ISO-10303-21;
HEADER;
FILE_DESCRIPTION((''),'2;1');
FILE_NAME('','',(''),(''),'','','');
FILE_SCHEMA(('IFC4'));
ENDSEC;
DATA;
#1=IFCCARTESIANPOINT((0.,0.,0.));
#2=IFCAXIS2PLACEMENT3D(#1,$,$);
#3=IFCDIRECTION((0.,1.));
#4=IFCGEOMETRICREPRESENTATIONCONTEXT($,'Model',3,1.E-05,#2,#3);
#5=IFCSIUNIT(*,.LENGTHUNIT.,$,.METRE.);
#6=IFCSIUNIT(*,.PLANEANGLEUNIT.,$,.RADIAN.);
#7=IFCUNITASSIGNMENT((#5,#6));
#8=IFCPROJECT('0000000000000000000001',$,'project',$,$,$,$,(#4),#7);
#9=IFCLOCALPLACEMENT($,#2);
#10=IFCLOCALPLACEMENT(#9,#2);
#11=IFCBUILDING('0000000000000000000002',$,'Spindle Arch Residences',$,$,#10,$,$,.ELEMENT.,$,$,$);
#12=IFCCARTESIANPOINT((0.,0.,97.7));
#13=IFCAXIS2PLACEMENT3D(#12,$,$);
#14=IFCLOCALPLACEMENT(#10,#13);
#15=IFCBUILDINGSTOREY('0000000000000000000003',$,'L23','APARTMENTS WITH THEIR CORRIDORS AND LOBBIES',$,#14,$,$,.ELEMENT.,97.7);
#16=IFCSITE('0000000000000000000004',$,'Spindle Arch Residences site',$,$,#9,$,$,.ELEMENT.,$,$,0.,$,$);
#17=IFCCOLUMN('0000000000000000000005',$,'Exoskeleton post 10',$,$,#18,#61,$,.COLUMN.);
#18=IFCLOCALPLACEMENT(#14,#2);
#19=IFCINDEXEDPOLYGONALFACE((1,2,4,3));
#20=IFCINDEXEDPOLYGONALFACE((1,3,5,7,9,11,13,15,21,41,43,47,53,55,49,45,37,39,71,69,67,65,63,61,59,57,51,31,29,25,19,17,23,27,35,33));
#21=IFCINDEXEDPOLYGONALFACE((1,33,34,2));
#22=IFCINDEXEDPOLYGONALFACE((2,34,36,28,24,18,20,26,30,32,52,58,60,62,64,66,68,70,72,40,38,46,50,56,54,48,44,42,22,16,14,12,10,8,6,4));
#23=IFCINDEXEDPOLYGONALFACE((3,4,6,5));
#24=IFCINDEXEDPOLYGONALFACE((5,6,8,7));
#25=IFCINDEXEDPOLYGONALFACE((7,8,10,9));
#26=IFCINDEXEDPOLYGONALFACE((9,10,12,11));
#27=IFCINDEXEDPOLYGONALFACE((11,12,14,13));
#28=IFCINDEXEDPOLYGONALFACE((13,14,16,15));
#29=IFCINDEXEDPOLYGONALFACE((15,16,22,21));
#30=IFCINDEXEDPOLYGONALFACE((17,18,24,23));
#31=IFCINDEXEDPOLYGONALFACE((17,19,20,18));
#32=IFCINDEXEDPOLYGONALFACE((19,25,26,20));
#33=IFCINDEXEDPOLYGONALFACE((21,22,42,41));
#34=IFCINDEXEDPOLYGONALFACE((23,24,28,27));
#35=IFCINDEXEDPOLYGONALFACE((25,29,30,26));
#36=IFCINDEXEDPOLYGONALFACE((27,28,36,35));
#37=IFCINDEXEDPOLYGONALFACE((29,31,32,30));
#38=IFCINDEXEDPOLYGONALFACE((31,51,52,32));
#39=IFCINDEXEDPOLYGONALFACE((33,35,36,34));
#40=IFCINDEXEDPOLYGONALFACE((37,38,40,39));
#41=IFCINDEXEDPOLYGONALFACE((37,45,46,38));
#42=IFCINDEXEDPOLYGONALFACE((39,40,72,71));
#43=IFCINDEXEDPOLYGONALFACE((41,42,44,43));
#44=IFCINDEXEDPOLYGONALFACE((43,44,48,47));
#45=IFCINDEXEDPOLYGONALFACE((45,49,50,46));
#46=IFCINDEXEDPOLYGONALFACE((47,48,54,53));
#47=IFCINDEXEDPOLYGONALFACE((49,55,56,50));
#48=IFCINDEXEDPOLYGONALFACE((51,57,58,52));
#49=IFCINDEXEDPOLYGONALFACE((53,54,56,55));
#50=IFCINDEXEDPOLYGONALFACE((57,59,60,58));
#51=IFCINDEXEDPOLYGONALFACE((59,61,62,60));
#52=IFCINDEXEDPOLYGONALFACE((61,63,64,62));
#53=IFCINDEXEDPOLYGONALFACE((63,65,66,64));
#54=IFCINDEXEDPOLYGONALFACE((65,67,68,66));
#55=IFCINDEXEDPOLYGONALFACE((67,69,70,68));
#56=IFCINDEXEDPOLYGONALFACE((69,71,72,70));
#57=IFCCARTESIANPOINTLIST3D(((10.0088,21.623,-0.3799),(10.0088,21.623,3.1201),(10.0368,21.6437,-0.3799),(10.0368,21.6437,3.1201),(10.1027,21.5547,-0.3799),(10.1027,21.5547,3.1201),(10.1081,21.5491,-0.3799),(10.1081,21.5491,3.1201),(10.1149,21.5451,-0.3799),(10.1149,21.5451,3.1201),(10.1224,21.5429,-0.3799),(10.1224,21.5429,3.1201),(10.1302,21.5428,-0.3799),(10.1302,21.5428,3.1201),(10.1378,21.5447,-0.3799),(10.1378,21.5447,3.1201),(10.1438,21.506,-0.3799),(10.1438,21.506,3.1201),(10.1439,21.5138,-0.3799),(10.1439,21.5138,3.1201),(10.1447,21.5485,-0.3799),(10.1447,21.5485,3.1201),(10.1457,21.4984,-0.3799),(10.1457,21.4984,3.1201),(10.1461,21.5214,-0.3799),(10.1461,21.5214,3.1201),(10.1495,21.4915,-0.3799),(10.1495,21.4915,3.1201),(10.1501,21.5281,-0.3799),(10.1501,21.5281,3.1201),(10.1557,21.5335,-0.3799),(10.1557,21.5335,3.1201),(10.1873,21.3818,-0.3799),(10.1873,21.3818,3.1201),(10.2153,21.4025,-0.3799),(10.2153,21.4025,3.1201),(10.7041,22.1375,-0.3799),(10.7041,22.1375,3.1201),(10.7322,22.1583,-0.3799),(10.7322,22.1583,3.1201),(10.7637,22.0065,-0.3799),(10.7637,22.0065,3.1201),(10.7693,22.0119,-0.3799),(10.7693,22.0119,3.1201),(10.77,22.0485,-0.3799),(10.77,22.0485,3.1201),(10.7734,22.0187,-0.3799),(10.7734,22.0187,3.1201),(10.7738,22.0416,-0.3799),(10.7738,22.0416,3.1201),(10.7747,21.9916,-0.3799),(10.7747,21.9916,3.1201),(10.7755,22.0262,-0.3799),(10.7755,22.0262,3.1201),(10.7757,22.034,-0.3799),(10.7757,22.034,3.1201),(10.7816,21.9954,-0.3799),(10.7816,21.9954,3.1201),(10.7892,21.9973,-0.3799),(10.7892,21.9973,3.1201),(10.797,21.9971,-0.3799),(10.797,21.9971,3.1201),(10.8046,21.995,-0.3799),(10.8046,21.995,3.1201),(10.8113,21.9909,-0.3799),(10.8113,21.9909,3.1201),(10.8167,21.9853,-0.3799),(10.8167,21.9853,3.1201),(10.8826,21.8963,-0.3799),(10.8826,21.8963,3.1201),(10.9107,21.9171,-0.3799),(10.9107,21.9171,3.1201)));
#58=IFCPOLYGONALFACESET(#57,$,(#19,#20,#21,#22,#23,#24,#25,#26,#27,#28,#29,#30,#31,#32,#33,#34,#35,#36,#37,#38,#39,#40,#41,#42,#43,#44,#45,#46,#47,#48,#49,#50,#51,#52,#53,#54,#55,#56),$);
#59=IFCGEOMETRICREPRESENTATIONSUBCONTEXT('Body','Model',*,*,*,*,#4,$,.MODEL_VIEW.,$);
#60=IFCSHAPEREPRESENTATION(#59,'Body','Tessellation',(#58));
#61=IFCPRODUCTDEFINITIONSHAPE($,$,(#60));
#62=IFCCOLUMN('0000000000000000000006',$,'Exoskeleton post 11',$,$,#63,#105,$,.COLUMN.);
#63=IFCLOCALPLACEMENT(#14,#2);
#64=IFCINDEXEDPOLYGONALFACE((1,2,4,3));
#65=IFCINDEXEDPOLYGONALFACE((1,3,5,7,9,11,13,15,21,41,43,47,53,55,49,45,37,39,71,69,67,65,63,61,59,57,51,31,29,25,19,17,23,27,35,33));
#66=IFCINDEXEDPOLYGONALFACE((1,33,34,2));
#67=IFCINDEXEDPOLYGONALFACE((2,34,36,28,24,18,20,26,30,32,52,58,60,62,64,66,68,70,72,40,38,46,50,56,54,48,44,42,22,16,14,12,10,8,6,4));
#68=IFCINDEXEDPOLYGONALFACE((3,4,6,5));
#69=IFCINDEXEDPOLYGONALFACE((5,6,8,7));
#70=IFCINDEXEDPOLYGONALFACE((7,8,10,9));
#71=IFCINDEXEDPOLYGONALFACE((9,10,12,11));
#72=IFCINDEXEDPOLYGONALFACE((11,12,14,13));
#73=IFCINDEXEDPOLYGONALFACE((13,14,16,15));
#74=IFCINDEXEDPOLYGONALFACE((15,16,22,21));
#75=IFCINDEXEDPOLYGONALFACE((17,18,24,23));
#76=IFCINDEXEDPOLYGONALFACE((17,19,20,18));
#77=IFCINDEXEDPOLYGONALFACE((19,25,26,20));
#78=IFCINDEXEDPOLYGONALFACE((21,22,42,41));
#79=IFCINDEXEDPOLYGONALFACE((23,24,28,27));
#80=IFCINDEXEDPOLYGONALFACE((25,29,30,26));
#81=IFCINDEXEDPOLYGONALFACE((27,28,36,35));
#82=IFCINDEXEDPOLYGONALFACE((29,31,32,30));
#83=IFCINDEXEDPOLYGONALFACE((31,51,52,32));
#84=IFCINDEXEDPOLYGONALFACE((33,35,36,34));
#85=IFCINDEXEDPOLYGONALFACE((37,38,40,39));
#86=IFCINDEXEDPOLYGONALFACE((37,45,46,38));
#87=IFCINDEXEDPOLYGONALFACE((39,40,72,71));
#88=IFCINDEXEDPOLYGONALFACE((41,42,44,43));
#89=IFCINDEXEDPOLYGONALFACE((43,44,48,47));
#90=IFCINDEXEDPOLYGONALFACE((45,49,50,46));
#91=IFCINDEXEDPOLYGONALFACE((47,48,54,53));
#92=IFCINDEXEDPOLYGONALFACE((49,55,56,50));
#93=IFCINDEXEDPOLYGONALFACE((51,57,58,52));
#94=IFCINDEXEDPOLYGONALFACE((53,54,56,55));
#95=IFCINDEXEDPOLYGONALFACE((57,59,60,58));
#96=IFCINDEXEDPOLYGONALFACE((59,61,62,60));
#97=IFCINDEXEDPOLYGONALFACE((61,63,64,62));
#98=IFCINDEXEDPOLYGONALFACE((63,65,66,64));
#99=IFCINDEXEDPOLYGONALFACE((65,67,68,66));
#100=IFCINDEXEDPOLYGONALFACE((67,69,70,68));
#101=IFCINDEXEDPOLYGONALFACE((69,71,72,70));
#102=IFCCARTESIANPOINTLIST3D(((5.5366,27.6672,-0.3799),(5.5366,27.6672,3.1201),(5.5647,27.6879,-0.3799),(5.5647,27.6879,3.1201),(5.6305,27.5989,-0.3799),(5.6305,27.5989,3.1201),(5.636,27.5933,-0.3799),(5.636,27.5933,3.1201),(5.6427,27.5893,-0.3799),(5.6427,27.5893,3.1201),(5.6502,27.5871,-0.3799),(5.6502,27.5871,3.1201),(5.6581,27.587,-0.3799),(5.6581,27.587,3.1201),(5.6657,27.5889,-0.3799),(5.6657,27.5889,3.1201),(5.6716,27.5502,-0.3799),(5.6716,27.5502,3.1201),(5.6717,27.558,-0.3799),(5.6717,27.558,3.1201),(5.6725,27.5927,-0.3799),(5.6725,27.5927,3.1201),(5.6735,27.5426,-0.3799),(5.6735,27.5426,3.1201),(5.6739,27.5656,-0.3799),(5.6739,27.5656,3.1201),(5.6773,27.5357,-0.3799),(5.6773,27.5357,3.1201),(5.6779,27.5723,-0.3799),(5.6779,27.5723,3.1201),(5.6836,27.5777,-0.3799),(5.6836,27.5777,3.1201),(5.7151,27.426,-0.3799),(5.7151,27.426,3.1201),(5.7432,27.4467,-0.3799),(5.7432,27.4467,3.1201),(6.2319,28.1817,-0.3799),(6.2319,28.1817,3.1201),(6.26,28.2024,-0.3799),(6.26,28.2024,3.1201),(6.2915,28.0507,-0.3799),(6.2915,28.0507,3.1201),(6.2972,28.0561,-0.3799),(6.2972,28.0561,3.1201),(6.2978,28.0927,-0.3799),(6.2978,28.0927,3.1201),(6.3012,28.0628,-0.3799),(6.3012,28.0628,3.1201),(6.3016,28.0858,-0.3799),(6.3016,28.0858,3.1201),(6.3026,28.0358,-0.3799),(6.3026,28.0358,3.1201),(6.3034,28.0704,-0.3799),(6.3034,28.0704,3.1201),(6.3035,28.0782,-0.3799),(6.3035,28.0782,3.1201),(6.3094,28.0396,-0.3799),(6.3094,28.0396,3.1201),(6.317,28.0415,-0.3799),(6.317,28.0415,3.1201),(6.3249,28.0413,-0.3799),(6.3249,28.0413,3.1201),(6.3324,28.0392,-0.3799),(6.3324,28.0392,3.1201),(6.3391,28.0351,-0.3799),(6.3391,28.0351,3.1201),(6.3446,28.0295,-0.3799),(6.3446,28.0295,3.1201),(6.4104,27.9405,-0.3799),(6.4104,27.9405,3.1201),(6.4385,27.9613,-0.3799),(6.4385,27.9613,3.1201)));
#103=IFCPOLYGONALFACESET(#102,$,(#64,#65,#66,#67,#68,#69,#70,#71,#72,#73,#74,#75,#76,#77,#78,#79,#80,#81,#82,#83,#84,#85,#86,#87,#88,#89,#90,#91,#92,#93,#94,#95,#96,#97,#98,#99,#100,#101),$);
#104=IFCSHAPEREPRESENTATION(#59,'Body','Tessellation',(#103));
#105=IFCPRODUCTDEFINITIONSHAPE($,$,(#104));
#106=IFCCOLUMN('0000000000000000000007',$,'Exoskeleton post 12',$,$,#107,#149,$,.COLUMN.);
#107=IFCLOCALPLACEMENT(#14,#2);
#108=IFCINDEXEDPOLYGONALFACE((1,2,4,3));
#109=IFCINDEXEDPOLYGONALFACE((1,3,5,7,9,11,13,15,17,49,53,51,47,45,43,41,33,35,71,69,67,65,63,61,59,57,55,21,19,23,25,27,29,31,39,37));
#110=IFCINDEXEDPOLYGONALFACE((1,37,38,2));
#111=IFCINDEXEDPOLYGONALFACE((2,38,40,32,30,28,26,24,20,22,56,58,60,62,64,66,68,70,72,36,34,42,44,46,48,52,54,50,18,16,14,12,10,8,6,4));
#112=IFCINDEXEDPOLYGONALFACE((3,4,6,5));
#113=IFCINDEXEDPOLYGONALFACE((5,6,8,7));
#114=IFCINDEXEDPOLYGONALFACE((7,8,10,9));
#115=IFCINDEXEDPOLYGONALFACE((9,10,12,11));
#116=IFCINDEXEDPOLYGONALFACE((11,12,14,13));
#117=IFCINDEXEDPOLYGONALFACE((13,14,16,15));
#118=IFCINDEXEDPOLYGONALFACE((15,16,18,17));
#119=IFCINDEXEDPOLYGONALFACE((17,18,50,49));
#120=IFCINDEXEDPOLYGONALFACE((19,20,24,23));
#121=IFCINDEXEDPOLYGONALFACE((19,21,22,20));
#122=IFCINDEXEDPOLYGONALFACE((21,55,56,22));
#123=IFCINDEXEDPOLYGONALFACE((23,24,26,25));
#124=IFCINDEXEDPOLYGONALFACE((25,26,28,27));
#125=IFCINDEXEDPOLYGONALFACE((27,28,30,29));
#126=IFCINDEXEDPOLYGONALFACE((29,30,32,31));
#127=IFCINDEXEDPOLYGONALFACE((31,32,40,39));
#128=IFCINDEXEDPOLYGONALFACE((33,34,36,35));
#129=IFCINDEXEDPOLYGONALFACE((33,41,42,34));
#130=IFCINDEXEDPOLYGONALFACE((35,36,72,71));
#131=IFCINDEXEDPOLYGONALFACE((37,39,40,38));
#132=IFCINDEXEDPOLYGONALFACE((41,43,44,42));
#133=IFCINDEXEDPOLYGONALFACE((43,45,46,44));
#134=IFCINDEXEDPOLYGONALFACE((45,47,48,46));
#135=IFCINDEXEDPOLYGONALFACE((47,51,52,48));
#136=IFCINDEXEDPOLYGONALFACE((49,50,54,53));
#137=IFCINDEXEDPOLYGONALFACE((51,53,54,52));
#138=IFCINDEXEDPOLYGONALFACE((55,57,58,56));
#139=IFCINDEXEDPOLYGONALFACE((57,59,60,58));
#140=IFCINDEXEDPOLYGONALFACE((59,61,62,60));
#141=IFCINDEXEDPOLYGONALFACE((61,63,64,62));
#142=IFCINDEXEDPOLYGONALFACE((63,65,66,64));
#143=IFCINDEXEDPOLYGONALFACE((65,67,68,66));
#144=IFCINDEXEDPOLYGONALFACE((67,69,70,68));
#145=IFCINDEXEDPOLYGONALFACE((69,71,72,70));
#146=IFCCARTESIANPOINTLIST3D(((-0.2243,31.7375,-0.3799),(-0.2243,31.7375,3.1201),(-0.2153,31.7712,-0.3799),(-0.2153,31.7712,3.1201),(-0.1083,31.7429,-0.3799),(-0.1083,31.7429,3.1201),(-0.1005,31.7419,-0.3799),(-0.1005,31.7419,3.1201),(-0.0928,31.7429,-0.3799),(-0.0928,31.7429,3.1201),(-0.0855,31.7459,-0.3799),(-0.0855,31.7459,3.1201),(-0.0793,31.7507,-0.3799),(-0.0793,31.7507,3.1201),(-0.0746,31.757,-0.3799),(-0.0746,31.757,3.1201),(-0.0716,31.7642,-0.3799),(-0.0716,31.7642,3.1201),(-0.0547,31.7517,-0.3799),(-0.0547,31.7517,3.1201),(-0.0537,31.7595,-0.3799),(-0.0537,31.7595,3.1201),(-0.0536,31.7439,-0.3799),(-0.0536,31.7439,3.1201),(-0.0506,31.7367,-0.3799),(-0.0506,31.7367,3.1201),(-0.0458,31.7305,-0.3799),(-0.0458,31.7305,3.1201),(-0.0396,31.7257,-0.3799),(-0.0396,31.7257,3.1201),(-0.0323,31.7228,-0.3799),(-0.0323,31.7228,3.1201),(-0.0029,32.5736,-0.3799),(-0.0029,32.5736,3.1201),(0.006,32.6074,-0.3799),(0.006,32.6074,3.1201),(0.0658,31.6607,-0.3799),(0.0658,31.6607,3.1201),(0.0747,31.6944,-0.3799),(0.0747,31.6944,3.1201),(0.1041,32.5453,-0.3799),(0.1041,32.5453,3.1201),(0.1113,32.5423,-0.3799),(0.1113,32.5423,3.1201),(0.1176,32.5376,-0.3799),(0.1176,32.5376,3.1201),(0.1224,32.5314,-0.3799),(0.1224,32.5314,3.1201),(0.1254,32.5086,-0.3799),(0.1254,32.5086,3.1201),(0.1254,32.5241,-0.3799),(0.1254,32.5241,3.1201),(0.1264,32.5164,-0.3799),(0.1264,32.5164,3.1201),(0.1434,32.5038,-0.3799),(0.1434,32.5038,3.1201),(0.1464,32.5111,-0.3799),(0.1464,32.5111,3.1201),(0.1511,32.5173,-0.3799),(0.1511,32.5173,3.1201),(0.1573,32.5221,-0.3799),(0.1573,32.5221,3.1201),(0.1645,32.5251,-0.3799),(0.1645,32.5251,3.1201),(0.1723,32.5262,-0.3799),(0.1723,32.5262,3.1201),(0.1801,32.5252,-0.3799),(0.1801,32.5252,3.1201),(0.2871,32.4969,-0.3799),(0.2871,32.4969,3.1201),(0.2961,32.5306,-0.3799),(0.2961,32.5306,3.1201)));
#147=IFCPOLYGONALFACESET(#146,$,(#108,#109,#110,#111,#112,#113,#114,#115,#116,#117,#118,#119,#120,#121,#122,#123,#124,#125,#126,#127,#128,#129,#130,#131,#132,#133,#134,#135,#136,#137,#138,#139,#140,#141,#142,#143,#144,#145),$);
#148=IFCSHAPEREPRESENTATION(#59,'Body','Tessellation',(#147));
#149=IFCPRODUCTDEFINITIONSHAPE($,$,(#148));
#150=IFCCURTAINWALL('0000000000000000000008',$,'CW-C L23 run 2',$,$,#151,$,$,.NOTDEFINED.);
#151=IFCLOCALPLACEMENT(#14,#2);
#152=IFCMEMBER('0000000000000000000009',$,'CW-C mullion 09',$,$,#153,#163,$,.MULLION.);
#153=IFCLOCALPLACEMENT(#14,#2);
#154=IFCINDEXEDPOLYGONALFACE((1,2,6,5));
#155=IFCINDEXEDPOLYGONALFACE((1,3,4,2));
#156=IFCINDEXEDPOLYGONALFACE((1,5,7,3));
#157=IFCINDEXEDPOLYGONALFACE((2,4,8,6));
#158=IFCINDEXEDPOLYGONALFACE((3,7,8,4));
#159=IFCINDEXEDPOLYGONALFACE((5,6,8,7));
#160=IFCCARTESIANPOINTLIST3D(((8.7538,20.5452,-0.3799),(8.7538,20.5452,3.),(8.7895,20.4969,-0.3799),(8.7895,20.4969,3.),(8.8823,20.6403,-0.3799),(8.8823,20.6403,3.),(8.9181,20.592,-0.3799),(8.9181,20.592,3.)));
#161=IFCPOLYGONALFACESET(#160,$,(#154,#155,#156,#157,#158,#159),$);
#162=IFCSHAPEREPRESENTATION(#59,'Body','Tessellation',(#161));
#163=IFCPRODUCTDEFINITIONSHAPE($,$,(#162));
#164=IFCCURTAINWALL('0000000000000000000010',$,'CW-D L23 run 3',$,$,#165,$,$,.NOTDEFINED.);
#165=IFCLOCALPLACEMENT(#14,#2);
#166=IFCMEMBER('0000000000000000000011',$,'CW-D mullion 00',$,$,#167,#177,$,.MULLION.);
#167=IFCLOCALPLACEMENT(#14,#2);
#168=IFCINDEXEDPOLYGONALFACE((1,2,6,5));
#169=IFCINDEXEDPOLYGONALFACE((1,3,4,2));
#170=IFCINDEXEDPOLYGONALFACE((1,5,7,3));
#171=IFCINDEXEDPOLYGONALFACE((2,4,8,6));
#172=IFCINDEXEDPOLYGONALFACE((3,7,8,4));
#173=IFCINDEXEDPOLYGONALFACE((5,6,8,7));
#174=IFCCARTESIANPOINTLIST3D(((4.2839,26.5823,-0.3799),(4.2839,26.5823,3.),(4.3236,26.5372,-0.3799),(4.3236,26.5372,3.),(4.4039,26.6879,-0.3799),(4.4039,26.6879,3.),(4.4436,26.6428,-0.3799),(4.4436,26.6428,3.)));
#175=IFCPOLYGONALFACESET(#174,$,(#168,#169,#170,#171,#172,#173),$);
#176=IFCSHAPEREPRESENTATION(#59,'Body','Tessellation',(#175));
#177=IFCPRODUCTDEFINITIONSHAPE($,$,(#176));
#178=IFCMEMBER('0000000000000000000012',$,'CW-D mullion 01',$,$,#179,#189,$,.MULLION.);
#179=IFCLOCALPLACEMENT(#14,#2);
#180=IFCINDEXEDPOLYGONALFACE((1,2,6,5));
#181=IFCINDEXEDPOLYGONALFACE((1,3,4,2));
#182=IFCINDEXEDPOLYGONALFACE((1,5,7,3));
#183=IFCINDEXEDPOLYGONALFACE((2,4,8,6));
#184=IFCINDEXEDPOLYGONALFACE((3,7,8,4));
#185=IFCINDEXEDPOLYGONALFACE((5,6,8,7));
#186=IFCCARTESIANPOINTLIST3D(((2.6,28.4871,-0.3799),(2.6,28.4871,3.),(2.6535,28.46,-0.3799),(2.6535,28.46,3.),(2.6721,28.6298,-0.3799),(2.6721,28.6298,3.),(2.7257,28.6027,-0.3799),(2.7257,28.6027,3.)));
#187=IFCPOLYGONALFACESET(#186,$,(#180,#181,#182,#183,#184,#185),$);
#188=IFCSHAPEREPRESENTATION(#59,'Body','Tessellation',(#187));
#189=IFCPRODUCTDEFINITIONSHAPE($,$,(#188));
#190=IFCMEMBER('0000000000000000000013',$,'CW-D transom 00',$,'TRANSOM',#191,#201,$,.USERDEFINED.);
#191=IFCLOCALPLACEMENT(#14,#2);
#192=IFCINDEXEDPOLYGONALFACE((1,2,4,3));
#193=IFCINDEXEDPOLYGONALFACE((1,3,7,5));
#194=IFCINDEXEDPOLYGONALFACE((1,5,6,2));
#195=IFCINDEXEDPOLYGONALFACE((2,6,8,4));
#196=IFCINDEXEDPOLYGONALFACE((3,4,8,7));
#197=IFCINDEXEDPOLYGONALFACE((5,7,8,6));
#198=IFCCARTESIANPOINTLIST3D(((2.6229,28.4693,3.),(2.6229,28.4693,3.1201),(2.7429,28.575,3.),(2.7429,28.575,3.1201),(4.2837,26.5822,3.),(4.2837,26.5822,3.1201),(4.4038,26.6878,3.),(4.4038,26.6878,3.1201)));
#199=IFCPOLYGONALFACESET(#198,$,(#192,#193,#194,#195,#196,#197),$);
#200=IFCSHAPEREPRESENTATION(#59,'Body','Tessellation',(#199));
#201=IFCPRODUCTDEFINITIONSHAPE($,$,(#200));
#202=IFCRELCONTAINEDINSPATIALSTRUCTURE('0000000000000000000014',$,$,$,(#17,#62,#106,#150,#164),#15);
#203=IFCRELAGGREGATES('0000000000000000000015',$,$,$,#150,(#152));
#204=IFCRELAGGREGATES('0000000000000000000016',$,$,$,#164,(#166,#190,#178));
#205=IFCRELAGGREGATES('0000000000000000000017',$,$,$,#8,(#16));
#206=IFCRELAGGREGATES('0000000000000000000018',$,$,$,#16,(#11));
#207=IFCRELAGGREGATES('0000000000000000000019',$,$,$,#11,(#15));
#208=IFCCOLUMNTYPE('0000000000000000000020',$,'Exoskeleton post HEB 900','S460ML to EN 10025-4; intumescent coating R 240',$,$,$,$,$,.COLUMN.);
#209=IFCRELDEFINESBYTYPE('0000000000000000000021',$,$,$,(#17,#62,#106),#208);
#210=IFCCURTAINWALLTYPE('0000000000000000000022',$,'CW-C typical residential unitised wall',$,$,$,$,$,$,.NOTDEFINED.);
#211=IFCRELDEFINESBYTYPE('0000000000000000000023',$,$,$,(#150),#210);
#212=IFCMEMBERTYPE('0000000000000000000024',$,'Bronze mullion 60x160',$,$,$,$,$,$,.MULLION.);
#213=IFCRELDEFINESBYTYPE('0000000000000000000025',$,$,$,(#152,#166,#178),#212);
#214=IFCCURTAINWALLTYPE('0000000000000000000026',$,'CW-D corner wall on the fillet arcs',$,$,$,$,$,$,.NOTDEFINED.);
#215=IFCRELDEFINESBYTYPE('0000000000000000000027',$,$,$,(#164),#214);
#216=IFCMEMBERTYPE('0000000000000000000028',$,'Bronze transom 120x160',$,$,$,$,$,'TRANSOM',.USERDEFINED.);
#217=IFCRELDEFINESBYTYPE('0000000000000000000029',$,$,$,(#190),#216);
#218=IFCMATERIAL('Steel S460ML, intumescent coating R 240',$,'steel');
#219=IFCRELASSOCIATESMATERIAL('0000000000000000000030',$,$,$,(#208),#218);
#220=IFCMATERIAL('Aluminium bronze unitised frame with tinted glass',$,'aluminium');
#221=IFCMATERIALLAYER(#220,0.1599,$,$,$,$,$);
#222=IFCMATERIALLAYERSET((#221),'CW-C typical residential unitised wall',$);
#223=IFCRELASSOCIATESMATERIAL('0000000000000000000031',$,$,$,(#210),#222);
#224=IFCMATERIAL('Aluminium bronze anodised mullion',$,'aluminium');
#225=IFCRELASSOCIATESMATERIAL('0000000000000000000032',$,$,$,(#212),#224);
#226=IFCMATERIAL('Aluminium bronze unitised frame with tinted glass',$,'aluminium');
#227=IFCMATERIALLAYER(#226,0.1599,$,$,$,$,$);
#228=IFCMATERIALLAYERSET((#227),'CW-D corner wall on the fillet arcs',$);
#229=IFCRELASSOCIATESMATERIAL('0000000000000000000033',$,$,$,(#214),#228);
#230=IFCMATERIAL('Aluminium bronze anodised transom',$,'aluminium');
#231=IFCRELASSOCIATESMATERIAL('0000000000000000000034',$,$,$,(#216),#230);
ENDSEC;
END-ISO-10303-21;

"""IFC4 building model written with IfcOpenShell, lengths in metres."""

from ifc_helpers import new_model, si_unit, direction, frame, origin, origin_2d, place, context, subcontext, project, spatial, rectangle, i_section, extrude, material, layer, layer_set, material_profile, profile_set, type_object, element, aggregate, save


model = new_model("IFC4")

# Units and contexts
model_context = context("Model", 3, precision=1e-05, world=origin(), true_north=direction((0.0, 1.0)))
body_context = subcontext(model_context, "Body", "Model", "MODEL_VIEW")
ifc_project = project(units=[si_unit("LENGTHUNIT", "METRE"), si_unit("PLANEANGLEUNIT", "RADIAN")], contexts=[model_context])

# Site, building, storey
site_placement = place(None, origin())
site = spatial("IfcSite", under=ifc_project, at=site_placement, Name="Spindle Arch Residences site", CompositionType="ELEMENT", RefElevation=0.0)
building_placement = place(site_placement, origin())
building = spatial("IfcBuilding", under=site, at=building_placement, Name="Spindle Arch Residences", CompositionType="ELEMENT")
storey_placement = place(building_placement, frame((0.0, 0.0, 97.7)))
storey = spatial("IfcBuildingStorey", under=building, at=storey_placement, Name="L23", Description="APARTMENTS WITH THEIR CORRIDORS AND LOBBIES", CompositionType="ELEMENT", Elevation=97.7)

# Columns
ifc_material_1 = material(Name="Steel S460ML, intumescent coating R 240", Category="steel")
ifc_material_profile_1 = material_profile(ifc_material_1, i_section(OverallWidth=0.3, OverallDepth=0.8999, WebThickness=0.0186, FlangeThickness=0.0349, FilletRadius=0.03, at=origin_2d()), Name="HEB 900")
ifc_profile_set_1 = profile_set([ifc_material_profile_1], Name="Steel S460ML, intumescent coating R 240")
column_type = type_object("IfcColumnType", Name="Exoskeleton post HEB 900", Description="S460ML to EN 10025-4; intumescent coating R 240", PredefinedType="COLUMN", material=ifc_profile_set_1)
for number, where, z_axis, x_axis, name in (
    (1, (10.4597, 21.77, -0.3799), (0.0, 0.0, 1.0), (0.594823, -0.803857, 0.0), "Exoskeleton post 10"),
    (2, (5.9875, 27.8142, -0.3799), (0.0, 0.0, 1.0), (0.594823, -0.803857, 0.0), "Exoskeleton post 11"),
    (3, (0.0359, 32.134, -0.3799), (0.0, 0.0, 1.0), (0.966705, -0.255894, 0.0), "Exoskeleton post 12"),
):
    element("IfcColumn", number, at=place(storey_placement, frame(where, z_axis=z_axis, x_axis=x_axis)), inside=storey, type_object=column_type, Name=name, PredefinedType="COLUMN", context=body_context, shape_type="SweptSolid", body=[
        extrude(i_section(OverallWidth=0.3, OverallDepth=0.8999, WebThickness=0.0186, FlangeThickness=0.0349, FilletRadius=0.03, at=origin_2d()), origin(), (0.0, 0.0, 1.0), 3.5),
    ])

# Curtain wall, member
ifc_material_2 = material(Name="Aluminium bronze unitised frame with tinted glass", Category="aluminium")
ifc_layer_1 = layer(ifc_material_2, 0.1599)
ifc_layer_set_1 = layer_set([ifc_layer_1], Name="CW-C typical residential unitised wall")
curtain_wall_type_1 = type_object("IfcCurtainWallType", Name="CW-C typical residential unitised wall", PredefinedType="NOTDEFINED", material=ifc_layer_set_1)
curtain_wall_1_placement = place(storey_placement, origin())
curtain_wall_1 = element("IfcCurtainWall", 4, at=curtain_wall_1_placement, inside=storey, type_object=curtain_wall_type_1, Name="CW-C L23 run 2", PredefinedType="NOTDEFINED")
ifc_material_3 = material(Name="Aluminium bronze anodised mullion", Category="aluminium")
ifc_material_profile_2 = material_profile(ifc_material_3, rectangle(XDim=0.1599, YDim=0.0601, at=origin_2d()), Name="MU 60x160")
ifc_profile_set_2 = profile_set([ifc_material_profile_2], Name="Aluminium bronze anodised mullion")
member_type_1 = type_object("IfcMemberType", Name="Bronze mullion 60x160", PredefinedType="MULLION", material=ifc_profile_set_2)
member_1_placement = place(storey_placement, frame((8.8359, 20.5686, -0.3799), z_axis=(0.0, 0.0, 1.0), x_axis=(-0.803857, -0.594823, 0.0)))
member_1 = element("IfcMember", 5, at=member_1_placement, type_object=member_type_1, Name="CW-C mullion 09", PredefinedType="MULLION", context=body_context, shape_type="SweptSolid", body=[
    extrude(rectangle(XDim=0.1599, YDim=0.0601, at=origin_2d()), origin(), (0.0, 0.0, 1.0), 3.3799),
])

# Curtain wall, members
ifc_material_4 = material(Name="Aluminium bronze unitised frame with tinted glass", Category="aluminium")
ifc_layer_2 = layer(ifc_material_4, 0.1599)
ifc_layer_set_2 = layer_set([ifc_layer_2], Name="CW-D corner wall on the fillet arcs")
curtain_wall_type_2 = type_object("IfcCurtainWallType", Name="CW-D corner wall on the fillet arcs", PredefinedType="NOTDEFINED", material=ifc_layer_set_2)
curtain_wall_2_placement = place(storey_placement, origin())
curtain_wall_2 = element("IfcCurtainWall", 6, at=curtain_wall_2_placement, inside=storey, type_object=curtain_wall_type_2, Name="CW-D L23 run 3", PredefinedType="NOTDEFINED")
member_2_placement = place(storey_placement, frame((4.3638, 26.6125, -0.3799), z_axis=(0.0, 0.0, 1.0), x_axis=(-0.750647, -0.660704, 0.0)))
member_2 = element("IfcMember", 7, at=member_2_placement, type_object=member_type_1, Name="CW-D mullion 00", PredefinedType="MULLION", context=body_context, shape_type="SweptSolid", body=[
    extrude(rectangle(XDim=0.1599, YDim=0.0601, at=origin_2d()), origin(), (0.0, 0.0, 1.0), 3.3799),
])
member_3_placement = place(storey_placement, frame((2.6628, 28.5449, -0.3799), z_axis=(0.0, 0.0, 1.0), x_axis=(-0.451397, -0.892323, 0.0)))
member_3 = element("IfcMember", 8, at=member_3_placement, type_object=member_type_1, Name="CW-D mullion 01", PredefinedType="MULLION", context=body_context, shape_type="SweptSolid", body=[
    extrude(rectangle(XDim=0.1599, YDim=0.0601, at=origin_2d()), origin(), (0.0, 0.0, 1.0), 3.3799),
])
ifc_material_5 = material(Name="Aluminium bronze anodised transom", Category="aluminium")
ifc_material_profile_3 = material_profile(ifc_material_5, rectangle(XDim=0.1599, YDim=0.1201, at=origin_2d()), Name="TR 120x160")
ifc_profile_set_3 = profile_set([ifc_material_profile_3], Name="Aluminium bronze anodised transom")
member_type_2 = type_object("IfcMemberType", Name="Bronze transom 120x160", ElementType="TRANSOM", PredefinedType="USERDEFINED", material=ifc_profile_set_3)
member_4_placement = place(storey_placement, frame((4.3438, 26.635, 3.0601), z_axis=(-0.660661, 0.750685, 0.0), x_axis=(-0.750685, -0.660661, 0.0)))
member_4 = element("IfcMember", 9, at=member_4_placement, type_object=member_type_2, Name="CW-D transom 00", ObjectType="TRANSOM", PredefinedType="USERDEFINED", context=body_context, shape_type="SweptSolid", body=[
    extrude(rectangle(XDim=0.1599, YDim=0.1201, at=origin_2d()), origin(), (0.0, 0.0, 1.0), 2.5139),
])

aggregate(curtain_wall_1, [member_1])
aggregate(curtain_wall_2, [member_2, member_4, member_3])

save(model, "model.ifc")
